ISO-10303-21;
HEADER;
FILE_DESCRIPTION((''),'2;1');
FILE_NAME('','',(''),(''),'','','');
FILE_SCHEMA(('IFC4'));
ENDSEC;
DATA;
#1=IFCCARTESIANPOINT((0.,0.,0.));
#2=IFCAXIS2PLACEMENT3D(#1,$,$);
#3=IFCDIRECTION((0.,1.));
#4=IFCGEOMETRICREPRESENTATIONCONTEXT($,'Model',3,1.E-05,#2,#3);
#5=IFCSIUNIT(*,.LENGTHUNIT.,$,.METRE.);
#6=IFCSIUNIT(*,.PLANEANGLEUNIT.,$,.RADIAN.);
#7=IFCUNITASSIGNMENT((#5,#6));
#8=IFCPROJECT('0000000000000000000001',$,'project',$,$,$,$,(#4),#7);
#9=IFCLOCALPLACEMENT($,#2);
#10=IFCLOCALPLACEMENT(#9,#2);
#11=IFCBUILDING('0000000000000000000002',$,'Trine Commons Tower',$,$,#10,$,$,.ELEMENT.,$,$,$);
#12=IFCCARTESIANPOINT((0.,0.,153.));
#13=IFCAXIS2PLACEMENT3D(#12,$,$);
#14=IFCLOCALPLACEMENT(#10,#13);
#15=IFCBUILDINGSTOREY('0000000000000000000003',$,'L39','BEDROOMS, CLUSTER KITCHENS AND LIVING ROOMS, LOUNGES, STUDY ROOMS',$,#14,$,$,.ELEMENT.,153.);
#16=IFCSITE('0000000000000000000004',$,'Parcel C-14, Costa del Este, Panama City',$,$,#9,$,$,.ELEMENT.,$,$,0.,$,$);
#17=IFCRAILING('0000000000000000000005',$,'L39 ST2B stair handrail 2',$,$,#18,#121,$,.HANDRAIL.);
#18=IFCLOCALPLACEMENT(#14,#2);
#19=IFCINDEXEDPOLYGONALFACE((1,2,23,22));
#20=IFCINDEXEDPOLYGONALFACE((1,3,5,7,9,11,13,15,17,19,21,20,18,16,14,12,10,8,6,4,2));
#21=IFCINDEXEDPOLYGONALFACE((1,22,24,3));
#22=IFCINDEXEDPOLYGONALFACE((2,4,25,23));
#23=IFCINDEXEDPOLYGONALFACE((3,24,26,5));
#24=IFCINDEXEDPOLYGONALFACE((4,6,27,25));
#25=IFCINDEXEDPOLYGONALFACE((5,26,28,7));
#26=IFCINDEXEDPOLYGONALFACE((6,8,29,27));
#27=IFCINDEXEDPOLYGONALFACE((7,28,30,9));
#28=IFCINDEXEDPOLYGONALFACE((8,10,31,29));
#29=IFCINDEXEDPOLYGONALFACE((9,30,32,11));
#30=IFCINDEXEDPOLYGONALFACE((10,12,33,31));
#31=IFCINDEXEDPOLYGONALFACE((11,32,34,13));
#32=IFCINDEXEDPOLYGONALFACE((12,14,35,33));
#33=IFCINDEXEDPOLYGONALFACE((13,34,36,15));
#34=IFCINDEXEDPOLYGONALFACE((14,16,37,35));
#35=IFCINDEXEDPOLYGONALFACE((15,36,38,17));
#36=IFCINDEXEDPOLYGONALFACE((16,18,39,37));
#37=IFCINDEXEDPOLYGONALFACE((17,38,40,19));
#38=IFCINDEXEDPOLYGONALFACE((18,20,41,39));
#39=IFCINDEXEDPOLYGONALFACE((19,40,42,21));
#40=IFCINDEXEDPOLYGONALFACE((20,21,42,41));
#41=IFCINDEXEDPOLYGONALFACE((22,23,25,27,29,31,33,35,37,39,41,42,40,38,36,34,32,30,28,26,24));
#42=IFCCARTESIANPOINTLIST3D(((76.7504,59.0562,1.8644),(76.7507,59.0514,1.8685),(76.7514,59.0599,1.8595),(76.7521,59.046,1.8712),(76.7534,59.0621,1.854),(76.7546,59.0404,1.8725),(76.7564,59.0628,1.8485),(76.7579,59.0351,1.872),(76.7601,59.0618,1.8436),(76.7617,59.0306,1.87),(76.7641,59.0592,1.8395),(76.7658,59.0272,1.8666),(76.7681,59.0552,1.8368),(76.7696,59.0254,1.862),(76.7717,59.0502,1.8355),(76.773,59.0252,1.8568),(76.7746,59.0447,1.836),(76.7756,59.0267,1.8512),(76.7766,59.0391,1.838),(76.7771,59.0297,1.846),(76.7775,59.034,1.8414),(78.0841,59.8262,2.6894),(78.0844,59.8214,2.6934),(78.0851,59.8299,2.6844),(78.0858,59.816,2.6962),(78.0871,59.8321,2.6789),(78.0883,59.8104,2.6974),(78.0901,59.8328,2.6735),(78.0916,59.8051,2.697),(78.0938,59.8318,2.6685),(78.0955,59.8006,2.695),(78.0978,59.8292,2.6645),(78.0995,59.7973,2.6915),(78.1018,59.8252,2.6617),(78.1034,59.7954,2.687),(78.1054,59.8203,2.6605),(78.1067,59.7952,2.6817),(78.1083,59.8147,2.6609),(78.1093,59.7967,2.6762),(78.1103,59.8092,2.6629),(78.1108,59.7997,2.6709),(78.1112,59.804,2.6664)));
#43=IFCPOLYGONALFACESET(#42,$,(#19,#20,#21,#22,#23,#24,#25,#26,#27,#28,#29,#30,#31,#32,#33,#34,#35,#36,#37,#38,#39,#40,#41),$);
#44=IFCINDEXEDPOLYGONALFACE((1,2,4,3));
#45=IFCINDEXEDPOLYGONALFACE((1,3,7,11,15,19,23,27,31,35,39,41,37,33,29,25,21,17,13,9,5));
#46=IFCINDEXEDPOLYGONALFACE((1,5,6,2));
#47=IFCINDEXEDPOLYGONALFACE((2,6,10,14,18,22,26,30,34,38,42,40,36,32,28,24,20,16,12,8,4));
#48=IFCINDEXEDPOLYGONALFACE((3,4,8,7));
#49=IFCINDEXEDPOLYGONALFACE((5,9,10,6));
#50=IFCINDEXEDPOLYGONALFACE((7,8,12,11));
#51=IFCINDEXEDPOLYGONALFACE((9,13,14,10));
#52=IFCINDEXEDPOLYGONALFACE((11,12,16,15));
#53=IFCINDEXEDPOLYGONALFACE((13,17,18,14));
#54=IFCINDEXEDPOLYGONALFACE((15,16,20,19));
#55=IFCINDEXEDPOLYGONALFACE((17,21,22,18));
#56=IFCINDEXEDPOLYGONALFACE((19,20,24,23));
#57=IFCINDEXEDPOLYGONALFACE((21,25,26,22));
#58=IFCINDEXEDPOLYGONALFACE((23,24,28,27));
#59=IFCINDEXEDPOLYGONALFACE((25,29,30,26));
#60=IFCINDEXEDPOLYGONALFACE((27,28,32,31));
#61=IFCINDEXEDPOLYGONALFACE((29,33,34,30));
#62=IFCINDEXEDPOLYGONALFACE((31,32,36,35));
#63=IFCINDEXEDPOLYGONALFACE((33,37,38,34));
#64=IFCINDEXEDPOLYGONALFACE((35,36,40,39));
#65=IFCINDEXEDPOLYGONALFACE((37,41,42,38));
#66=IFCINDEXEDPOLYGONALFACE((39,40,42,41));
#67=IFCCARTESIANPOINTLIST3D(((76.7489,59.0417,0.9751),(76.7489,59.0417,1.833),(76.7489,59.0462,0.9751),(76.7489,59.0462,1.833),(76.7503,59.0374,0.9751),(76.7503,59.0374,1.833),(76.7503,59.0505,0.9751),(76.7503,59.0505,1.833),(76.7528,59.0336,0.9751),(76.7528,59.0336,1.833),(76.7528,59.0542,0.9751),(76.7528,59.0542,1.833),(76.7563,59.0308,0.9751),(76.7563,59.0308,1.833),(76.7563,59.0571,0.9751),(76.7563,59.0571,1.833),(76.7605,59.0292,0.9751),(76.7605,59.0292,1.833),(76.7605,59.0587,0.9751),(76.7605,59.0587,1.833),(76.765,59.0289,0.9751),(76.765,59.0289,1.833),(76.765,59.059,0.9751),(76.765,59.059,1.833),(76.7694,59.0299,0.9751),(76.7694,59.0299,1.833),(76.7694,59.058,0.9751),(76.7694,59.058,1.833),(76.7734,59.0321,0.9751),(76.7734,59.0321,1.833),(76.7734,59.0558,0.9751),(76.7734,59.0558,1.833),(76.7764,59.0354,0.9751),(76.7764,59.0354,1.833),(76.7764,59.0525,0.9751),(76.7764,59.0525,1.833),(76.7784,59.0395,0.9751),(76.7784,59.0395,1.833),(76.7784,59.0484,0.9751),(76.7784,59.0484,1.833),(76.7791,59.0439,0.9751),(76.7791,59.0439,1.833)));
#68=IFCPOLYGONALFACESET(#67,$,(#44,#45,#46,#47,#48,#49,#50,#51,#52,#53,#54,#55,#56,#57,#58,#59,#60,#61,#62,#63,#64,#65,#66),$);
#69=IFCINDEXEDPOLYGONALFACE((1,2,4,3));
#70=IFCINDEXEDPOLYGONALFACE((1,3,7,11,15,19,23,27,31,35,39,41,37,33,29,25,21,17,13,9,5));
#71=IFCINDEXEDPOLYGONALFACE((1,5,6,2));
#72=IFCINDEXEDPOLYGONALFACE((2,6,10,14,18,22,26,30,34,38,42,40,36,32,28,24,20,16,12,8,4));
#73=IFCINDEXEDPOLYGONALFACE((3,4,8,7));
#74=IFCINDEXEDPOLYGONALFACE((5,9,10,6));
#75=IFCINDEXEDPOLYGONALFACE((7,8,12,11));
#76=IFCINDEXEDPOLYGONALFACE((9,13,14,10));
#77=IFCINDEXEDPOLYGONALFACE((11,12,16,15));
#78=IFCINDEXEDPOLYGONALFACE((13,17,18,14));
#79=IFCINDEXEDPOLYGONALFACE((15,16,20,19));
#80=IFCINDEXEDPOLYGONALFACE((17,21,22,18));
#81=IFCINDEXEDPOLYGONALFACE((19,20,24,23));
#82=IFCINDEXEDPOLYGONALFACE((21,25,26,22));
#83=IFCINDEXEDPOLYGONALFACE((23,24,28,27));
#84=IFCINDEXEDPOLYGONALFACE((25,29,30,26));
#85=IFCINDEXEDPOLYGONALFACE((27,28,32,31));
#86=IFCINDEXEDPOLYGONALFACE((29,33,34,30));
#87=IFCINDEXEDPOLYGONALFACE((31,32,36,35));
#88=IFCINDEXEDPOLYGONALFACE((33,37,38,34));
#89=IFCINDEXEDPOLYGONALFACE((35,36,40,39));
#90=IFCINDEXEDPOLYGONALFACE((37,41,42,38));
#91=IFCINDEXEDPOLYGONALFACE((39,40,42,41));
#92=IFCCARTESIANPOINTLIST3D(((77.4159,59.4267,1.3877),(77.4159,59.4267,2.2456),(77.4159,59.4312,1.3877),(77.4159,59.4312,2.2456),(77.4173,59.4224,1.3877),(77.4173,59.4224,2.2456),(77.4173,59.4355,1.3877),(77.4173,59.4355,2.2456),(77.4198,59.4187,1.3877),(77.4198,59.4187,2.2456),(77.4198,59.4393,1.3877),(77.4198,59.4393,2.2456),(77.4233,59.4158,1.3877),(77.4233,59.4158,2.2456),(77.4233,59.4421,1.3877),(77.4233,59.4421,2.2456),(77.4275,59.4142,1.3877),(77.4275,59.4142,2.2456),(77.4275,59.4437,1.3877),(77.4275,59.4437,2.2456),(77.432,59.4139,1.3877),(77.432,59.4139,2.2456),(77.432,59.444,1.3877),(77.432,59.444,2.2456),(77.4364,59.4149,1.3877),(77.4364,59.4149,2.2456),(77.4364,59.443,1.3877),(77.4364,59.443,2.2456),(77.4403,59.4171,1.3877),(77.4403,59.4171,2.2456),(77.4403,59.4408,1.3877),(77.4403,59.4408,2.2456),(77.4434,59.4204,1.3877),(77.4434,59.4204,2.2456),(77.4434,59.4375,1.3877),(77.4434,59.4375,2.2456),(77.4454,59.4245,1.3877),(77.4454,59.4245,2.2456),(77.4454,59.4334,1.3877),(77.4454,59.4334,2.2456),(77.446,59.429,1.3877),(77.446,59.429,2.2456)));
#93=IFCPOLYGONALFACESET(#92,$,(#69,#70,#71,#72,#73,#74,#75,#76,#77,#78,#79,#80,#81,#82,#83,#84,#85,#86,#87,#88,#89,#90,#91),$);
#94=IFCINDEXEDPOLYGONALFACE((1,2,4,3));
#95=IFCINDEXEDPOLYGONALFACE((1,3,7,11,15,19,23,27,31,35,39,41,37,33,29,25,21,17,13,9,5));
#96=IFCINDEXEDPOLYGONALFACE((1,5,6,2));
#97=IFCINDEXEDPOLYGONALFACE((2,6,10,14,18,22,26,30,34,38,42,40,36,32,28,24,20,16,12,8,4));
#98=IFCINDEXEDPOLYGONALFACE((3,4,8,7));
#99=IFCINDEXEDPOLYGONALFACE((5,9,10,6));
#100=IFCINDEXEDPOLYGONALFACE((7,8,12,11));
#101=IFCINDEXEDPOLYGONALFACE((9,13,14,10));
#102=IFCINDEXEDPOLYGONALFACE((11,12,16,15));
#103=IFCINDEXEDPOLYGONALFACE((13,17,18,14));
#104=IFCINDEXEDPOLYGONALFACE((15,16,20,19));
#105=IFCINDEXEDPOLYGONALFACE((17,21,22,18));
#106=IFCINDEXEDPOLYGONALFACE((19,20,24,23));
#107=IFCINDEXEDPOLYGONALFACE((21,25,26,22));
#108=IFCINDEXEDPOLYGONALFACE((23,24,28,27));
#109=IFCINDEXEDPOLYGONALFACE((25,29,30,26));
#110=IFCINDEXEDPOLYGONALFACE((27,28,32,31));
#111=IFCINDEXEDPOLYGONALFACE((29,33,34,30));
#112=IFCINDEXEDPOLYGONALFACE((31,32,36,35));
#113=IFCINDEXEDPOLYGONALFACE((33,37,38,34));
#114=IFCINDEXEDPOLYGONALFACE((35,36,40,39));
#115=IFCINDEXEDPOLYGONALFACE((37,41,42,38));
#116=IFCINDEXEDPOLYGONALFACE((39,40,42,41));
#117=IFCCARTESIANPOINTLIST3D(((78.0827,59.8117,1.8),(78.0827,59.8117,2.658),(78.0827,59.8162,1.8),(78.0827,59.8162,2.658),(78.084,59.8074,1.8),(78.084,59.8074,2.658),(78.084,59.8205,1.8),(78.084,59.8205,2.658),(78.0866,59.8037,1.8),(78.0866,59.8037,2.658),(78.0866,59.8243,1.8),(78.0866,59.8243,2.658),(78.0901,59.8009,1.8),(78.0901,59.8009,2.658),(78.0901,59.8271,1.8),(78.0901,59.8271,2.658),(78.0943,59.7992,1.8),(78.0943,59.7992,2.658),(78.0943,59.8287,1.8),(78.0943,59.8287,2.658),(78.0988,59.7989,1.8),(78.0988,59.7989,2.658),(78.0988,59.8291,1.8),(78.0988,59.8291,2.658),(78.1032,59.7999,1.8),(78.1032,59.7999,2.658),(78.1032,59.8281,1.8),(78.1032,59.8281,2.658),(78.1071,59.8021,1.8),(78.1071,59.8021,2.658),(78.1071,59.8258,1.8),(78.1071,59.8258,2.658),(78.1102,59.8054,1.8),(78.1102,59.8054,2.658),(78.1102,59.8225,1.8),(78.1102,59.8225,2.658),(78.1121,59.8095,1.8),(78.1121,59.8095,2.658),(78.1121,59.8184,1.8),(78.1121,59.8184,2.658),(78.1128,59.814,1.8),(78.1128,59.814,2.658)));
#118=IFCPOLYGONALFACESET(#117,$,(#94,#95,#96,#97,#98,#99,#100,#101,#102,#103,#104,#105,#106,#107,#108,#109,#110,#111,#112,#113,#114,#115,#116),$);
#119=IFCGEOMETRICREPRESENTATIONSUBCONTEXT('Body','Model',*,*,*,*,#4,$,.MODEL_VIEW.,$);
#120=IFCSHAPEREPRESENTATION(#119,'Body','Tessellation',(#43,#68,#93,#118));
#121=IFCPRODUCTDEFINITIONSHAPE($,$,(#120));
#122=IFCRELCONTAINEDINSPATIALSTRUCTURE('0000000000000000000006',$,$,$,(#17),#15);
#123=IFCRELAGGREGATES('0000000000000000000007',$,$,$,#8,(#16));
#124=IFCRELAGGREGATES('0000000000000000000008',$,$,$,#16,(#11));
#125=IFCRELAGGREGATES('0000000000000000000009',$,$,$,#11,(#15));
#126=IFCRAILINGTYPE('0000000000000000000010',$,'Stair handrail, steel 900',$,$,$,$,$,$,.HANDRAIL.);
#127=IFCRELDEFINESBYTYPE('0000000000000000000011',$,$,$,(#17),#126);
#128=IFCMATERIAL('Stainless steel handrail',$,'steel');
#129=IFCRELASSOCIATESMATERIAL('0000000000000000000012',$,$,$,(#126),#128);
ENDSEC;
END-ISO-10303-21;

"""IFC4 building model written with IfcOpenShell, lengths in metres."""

from ifc_helpers import new_model, si_unit, direction, frame, origin, origin_2d, place, context, subcontext, project, spatial, circle, extrude, material, type_object, element, save


model = new_model("IFC4")

# Units and contexts
model_context = context("Model", 3, precision=1e-05, world=origin(), true_north=direction((0.0, 1.0)))
body_context = subcontext(model_context, "Body", "Model", "MODEL_VIEW")
ifc_project = project(units=[si_unit("LENGTHUNIT", "METRE"), si_unit("PLANEANGLEUNIT", "RADIAN")], contexts=[model_context])

# Site, building, storey
site_placement = place(None, origin())
site = spatial("IfcSite", under=ifc_project, at=site_placement, Name="Parcel C-14, Costa del Este, Panama City", CompositionType="ELEMENT", RefElevation=0.0)
building_placement = place(site_placement, origin())
building = spatial("IfcBuilding", under=site, at=building_placement, Name="Trine Commons Tower", CompositionType="ELEMENT")
storey_placement = place(building_placement, frame((0.0, 0.0, 153.0)))
storey = spatial("IfcBuildingStorey", under=building, at=storey_placement, Name="L39", Description="BEDROOMS, CLUSTER KITCHENS AND LIVING ROOMS, LOUNGES, STUDY ROOMS", CompositionType="ELEMENT", Elevation=153.0)

# Railing
ifc_material_1 = material(Name="Stainless steel handrail", Category="steel")
railing_type_1 = type_object("IfcRailingType", Name="Stair handrail, steel 900", PredefinedType="HANDRAIL", material=ifc_material_1)
railing_1_placement = place(storey_placement, frame((76.7639, 59.0439, 0.9751)))
element("IfcRailing", 1, at=railing_1_placement, inside=storey, type_object=railing_type_1, Name="L39 ST2B stair handrail 2", PredefinedType="HANDRAIL", context=body_context, shape_type="SweptSolid", body=[
    extrude(circle(Radius=0.021, at=origin_2d()), frame((0.0, 0.0, 0.8789), z_axis=(0.763405, 0.440743, 0.472185), x_axis=(-0.499992, 0.86603, 0.0)), (0.0, 0.0, 1.0), 1.7471),
    extrude(circle(Radius=0.0151, at=origin_2d()), origin(), (0.0, 0.0, 1.0), 0.8579),
    extrude(circle(Radius=0.0151, at=origin_2d()), frame((0.667, 0.385, 0.4126)), (0.0, 0.0, 1.0), 0.8579),
    extrude(circle(Radius=0.0151, at=origin_2d()), frame((1.3337, 0.77, 0.825)), (0.0, 0.0, 1.0), 0.8579),
])

save(model, "model.ifc")
